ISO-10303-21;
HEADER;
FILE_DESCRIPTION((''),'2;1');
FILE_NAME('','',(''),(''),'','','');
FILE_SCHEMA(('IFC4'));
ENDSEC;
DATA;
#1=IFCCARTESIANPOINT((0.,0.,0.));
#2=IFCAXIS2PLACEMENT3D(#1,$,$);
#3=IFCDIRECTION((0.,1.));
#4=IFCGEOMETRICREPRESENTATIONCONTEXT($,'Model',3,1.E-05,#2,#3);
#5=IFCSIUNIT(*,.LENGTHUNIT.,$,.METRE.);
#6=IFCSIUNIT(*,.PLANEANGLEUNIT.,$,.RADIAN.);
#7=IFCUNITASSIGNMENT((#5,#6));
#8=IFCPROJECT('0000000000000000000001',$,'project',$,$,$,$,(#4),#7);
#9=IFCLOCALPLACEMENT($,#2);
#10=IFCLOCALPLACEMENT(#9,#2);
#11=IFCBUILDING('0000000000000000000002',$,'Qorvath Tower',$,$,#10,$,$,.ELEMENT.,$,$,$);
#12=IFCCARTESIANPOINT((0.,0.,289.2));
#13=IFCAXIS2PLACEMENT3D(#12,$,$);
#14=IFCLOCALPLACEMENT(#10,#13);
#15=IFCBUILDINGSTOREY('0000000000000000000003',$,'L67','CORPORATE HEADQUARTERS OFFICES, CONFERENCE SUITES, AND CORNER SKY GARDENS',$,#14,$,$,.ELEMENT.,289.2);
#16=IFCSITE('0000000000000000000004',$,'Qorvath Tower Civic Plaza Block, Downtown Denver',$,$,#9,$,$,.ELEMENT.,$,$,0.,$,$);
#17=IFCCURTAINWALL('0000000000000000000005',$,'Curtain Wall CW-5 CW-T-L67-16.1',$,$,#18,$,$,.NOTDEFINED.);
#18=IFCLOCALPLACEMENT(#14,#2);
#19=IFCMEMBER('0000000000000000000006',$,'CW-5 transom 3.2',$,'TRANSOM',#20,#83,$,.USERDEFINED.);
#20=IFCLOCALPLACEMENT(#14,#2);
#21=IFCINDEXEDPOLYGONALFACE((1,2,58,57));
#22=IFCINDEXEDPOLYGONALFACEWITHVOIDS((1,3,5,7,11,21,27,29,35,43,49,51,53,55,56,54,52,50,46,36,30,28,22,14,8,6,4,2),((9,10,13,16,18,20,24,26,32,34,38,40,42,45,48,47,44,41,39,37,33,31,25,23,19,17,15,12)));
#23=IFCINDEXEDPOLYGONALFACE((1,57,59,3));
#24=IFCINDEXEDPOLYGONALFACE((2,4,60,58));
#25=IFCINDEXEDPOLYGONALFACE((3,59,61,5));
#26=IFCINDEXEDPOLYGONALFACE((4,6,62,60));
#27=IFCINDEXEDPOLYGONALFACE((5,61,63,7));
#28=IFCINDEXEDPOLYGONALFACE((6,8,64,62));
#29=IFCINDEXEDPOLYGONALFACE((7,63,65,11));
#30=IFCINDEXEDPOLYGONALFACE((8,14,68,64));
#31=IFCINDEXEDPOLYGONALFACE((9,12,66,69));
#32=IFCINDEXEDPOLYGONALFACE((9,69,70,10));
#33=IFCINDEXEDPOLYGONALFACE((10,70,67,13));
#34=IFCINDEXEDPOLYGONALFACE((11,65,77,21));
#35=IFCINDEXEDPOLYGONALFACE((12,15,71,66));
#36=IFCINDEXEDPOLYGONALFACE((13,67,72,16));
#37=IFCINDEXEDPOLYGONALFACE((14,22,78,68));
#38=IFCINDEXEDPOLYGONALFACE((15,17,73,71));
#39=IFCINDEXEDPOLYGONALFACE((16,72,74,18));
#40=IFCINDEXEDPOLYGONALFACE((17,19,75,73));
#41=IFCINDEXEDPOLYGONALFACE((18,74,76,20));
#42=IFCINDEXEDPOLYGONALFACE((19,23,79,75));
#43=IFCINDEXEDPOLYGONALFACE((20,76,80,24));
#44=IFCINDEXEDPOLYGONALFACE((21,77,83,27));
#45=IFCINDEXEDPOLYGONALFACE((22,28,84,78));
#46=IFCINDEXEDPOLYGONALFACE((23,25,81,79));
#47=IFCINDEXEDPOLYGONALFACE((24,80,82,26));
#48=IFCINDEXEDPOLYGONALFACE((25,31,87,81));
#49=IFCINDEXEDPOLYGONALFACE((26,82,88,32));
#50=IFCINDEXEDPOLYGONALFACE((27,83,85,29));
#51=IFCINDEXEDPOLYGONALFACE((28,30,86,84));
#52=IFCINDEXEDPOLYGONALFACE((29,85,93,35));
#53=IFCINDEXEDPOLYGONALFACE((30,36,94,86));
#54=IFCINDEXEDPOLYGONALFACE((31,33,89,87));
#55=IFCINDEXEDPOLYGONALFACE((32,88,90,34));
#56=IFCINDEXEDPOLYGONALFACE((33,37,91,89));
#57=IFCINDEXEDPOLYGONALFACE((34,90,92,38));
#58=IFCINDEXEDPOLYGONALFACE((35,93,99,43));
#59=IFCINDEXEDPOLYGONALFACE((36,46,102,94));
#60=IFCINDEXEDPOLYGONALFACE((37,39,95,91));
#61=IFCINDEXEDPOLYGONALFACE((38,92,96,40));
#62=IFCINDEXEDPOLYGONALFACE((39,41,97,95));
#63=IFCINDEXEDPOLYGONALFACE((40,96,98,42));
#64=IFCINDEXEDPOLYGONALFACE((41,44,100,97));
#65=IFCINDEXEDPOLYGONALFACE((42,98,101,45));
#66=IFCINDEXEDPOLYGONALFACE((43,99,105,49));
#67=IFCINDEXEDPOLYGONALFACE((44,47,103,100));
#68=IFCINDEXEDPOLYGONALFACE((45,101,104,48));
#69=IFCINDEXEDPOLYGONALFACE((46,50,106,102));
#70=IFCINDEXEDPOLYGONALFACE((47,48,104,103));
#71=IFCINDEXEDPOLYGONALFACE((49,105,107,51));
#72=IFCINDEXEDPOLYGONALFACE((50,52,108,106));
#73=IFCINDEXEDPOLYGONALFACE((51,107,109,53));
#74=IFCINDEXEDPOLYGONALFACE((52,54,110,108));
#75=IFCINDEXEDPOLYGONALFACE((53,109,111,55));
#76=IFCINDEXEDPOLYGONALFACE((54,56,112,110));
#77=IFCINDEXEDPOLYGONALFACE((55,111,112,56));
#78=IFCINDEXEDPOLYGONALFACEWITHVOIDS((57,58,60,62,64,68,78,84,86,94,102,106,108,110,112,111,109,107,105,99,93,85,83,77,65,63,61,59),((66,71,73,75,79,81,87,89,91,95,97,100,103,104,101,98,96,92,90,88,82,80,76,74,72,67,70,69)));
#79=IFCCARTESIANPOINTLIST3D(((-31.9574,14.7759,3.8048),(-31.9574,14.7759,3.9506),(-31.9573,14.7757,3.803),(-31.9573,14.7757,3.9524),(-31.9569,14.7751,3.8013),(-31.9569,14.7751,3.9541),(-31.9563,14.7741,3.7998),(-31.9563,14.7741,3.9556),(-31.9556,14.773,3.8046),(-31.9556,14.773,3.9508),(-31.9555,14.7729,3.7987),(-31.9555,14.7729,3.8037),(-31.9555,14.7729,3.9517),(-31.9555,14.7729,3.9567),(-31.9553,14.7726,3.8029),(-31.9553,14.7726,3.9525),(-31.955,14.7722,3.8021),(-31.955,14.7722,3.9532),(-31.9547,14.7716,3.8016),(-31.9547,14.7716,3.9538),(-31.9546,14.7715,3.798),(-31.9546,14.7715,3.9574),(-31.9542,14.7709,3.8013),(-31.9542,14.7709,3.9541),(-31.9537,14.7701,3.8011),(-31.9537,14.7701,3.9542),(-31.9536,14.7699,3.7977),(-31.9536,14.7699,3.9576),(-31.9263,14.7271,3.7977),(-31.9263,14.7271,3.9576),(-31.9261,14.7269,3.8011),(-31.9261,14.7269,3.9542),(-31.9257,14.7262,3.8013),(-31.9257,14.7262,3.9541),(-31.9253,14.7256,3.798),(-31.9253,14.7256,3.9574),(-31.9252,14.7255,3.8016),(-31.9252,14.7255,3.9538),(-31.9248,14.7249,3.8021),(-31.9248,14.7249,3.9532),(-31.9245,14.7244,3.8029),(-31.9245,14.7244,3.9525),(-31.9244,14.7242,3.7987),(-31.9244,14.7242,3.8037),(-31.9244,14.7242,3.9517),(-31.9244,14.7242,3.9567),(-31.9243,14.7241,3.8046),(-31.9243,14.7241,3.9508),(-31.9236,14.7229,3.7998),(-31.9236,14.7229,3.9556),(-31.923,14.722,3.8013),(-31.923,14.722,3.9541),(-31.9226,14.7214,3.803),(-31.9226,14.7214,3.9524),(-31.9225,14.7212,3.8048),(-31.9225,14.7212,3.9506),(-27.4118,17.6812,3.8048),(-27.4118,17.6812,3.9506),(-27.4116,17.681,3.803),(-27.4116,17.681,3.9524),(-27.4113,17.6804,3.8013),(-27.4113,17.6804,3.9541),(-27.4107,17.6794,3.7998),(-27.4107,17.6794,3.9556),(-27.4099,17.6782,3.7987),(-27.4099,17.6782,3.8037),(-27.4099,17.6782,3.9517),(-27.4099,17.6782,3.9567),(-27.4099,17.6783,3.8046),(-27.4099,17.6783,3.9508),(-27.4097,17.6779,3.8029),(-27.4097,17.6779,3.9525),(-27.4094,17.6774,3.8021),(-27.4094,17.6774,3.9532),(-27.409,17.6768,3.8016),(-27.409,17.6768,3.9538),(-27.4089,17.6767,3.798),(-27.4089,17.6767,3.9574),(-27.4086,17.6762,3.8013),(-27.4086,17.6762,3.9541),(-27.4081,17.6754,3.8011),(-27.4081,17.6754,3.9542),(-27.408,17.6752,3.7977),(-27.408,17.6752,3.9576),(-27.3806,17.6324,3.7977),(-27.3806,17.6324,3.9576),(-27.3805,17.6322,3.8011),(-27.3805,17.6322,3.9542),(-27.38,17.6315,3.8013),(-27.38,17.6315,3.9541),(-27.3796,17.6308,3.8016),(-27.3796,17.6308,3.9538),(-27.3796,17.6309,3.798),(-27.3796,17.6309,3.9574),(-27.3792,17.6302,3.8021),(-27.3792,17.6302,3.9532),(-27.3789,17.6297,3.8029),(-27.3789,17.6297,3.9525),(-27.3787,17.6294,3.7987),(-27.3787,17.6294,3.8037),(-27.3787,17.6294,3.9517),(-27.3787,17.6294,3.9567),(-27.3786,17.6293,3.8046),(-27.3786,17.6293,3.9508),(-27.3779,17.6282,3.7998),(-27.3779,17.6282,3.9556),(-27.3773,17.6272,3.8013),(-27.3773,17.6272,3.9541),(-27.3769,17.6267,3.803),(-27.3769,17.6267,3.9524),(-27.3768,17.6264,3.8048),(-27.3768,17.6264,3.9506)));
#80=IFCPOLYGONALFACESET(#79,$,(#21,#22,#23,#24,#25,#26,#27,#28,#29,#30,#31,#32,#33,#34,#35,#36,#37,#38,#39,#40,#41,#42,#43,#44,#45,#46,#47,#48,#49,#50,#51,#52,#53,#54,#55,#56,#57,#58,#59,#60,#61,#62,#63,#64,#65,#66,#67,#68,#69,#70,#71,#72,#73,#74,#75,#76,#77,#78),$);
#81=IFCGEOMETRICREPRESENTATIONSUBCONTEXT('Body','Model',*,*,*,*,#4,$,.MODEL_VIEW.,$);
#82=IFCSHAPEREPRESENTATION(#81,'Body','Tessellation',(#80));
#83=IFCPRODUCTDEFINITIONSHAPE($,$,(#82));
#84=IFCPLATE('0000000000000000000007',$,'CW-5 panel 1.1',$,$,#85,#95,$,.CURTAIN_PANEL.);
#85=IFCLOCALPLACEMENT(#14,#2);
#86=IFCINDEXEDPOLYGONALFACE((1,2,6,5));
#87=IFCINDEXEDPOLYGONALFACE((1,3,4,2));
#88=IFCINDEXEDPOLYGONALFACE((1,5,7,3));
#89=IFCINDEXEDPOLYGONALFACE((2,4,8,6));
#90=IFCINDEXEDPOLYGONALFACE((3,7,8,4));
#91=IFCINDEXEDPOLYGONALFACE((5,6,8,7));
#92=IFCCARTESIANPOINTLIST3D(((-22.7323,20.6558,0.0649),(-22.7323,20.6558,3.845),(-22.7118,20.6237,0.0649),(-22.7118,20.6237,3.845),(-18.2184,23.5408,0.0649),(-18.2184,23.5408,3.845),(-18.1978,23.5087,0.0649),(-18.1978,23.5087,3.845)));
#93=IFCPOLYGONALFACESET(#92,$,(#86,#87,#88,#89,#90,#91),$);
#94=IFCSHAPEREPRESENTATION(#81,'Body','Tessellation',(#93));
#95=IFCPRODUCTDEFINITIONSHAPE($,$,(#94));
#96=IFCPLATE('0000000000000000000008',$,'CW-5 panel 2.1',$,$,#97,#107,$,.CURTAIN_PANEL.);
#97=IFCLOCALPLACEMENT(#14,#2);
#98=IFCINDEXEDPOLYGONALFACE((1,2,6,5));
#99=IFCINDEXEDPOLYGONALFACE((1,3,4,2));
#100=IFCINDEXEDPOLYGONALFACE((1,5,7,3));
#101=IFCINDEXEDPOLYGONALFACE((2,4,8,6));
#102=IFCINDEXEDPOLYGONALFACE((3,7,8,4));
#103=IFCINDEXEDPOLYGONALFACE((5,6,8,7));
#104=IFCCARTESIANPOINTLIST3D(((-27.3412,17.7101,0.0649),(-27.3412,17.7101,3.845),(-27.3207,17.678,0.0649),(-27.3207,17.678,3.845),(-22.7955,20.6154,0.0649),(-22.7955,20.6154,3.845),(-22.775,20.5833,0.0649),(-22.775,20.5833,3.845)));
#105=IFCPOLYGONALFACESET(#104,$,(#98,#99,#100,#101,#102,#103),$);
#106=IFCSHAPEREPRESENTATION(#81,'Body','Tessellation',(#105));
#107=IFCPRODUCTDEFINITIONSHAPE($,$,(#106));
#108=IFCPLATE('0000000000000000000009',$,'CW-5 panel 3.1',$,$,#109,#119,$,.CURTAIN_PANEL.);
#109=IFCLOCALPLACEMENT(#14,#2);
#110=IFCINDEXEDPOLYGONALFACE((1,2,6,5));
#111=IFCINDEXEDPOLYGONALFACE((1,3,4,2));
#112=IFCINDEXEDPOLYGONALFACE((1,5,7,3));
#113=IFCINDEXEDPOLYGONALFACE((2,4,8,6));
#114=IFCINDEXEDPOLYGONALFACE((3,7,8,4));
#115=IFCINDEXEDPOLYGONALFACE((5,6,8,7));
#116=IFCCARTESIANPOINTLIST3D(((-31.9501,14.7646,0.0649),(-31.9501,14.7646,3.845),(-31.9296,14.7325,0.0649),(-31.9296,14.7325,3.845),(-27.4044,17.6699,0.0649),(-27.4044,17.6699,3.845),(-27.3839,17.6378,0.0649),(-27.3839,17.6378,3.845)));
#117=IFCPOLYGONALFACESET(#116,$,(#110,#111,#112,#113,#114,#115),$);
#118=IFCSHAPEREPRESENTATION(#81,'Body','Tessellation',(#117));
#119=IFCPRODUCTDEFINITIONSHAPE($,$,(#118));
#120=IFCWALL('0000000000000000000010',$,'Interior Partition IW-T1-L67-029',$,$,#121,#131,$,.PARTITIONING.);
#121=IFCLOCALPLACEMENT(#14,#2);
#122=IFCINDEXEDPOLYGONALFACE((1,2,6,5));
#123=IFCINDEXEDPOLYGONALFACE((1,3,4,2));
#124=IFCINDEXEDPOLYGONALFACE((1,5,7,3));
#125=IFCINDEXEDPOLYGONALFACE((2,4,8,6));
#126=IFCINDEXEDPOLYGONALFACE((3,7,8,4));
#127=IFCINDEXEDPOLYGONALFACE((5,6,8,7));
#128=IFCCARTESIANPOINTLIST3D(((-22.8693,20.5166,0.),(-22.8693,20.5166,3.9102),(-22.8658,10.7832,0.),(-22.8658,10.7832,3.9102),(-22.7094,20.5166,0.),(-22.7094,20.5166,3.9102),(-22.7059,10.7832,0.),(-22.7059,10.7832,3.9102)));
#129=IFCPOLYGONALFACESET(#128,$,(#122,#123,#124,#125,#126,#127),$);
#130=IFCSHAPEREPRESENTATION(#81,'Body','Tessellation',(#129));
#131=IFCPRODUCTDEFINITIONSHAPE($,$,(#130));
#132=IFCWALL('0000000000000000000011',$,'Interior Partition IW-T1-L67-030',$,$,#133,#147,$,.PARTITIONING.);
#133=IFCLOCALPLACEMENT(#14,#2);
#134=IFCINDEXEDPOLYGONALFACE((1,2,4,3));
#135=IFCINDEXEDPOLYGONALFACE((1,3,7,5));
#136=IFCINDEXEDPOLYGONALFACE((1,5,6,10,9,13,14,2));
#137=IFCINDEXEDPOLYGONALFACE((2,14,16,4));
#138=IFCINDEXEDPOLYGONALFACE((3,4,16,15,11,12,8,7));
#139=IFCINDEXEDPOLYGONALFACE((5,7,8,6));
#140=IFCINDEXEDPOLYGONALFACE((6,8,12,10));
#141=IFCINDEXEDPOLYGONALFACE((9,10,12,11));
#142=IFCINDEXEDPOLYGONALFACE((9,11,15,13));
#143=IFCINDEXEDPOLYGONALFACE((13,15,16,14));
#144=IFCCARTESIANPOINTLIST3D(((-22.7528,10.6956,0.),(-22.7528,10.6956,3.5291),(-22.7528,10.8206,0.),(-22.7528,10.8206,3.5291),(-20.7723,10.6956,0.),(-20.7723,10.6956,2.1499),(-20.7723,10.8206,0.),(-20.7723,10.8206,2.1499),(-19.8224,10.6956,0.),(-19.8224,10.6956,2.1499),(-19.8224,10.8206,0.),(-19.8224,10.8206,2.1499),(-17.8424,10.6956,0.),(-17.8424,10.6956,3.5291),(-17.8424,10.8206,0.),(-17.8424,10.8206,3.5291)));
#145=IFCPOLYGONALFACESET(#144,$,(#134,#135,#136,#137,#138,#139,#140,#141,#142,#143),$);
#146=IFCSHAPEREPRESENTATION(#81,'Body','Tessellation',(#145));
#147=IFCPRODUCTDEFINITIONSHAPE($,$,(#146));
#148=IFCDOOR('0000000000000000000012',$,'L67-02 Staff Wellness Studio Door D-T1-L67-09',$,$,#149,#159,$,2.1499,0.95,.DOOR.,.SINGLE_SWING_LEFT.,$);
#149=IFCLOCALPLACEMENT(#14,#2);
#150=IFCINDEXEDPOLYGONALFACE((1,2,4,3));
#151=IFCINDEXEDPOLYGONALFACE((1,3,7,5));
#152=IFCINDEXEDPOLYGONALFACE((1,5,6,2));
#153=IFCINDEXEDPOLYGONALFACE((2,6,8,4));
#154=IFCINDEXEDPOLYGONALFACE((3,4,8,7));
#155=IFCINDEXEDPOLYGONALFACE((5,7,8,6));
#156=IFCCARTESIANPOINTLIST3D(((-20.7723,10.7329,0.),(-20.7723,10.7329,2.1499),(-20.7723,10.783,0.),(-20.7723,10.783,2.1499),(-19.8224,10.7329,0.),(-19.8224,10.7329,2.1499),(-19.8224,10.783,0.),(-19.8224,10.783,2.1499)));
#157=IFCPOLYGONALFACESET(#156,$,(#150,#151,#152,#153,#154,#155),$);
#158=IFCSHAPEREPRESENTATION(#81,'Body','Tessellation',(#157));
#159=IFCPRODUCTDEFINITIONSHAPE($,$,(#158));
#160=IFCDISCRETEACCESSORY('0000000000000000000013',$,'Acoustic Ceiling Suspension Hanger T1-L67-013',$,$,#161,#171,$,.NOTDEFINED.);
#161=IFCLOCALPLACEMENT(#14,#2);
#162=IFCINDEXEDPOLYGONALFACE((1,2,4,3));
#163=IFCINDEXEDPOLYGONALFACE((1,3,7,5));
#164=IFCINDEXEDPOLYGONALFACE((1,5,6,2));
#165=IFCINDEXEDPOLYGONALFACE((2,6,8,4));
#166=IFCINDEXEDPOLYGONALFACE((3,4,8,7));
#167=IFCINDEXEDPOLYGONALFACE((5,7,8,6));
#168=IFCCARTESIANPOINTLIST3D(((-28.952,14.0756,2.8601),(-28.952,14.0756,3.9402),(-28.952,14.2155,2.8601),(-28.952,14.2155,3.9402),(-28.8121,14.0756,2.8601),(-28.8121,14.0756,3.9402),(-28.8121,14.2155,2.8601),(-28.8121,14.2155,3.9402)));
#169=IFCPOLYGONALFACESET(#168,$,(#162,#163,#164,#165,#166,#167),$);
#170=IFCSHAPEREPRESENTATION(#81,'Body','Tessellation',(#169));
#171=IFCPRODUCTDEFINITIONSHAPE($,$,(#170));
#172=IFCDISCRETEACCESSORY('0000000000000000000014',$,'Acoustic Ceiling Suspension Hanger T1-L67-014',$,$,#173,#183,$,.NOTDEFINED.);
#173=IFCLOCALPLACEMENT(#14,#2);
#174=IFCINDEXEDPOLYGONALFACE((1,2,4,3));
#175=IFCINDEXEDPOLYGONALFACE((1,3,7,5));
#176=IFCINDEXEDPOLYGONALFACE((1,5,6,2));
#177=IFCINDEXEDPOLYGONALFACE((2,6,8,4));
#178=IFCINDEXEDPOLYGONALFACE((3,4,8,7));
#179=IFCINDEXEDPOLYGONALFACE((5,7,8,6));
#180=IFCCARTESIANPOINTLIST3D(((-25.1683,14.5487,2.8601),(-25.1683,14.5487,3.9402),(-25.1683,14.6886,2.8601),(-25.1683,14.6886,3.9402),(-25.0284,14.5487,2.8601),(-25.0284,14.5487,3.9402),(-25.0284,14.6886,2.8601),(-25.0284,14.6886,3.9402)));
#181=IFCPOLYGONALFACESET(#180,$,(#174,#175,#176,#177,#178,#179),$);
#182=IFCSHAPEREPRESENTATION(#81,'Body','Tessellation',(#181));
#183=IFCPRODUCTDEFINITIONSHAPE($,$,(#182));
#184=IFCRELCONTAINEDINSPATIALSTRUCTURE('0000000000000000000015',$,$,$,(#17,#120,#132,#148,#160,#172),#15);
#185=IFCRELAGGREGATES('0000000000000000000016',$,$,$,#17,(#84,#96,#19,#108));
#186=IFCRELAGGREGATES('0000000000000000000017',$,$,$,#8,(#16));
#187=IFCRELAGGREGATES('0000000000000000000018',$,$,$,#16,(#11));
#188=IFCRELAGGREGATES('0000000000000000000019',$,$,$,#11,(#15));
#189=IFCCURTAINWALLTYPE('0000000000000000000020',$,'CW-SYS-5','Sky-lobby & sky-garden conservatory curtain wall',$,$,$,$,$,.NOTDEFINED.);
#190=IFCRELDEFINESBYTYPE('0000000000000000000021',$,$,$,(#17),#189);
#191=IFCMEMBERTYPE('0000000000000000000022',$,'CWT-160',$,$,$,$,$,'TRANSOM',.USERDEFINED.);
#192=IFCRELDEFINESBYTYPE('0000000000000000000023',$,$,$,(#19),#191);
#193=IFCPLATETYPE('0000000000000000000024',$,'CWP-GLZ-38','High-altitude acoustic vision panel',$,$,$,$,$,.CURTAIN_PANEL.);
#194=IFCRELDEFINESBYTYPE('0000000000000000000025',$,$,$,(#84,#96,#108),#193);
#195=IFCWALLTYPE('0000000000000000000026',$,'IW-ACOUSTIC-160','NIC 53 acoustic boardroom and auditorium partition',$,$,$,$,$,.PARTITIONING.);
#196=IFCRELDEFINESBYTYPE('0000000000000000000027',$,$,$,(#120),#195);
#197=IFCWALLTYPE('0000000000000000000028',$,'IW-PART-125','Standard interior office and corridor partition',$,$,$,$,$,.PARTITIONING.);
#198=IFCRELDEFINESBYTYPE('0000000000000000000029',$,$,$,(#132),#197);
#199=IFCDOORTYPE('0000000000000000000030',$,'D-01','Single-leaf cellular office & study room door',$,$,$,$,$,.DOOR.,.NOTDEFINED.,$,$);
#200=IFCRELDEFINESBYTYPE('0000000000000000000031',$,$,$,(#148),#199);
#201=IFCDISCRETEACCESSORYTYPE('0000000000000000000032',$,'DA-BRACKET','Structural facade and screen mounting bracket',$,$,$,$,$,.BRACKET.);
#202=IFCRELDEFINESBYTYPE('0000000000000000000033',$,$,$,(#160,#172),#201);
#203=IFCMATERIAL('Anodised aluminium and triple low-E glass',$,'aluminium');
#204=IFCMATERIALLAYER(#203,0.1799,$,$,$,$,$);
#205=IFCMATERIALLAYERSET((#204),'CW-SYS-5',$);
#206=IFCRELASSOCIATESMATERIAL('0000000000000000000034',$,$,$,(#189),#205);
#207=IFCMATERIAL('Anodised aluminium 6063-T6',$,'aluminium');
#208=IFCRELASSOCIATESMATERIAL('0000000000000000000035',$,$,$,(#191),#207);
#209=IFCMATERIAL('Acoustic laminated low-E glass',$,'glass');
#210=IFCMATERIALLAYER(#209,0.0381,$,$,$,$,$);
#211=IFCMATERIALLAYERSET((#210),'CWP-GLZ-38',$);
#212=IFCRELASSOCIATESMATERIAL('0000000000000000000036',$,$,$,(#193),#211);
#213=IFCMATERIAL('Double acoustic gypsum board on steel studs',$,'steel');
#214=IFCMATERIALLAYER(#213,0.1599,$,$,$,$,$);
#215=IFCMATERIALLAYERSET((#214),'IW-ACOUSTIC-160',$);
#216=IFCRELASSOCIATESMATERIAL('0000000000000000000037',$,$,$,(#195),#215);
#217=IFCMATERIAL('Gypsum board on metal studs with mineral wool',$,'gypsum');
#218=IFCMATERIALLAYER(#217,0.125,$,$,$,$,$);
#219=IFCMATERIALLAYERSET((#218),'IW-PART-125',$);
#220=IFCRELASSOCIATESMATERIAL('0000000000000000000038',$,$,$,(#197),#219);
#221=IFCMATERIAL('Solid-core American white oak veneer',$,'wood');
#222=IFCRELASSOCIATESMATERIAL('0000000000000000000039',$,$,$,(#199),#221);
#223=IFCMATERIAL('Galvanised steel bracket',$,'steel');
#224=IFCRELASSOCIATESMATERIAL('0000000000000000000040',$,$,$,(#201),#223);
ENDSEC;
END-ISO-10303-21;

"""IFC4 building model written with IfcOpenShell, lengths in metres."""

from ifc_helpers import new_model, si_unit, direction, frame, frame_2d, origin, origin_2d, place, context, subcontext, project, spatial, rectangle, hollow_rectangle, extrude, material, layer, layer_set, material_profile, profile_set, type_object, element, fill, aggregate, save


model = new_model("IFC4")

# Units and contexts
model_context = context("Model", 3, precision=1e-05, world=origin(), true_north=direction((0.0, 1.0)))
body_context = subcontext(model_context, "Body", "Model", "MODEL_VIEW")
ifc_project = project(units=[si_unit("LENGTHUNIT", "METRE"), si_unit("PLANEANGLEUNIT", "RADIAN")], contexts=[model_context])

# Site, building, storey
site_placement = place(None, origin())
site = spatial("IfcSite", under=ifc_project, at=site_placement, Name="Qorvath Tower Civic Plaza Block, Downtown Denver", CompositionType="ELEMENT", RefElevation=0.0)
building_placement = place(site_placement, origin())
building = spatial("IfcBuilding", under=site, at=building_placement, Name="Qorvath Tower", CompositionType="ELEMENT")
storey_placement = place(building_placement, frame((0.0, 0.0, 289.2)))
storey = spatial("IfcBuildingStorey", under=building, at=storey_placement, Name="L67", Description="CORPORATE HEADQUARTERS OFFICES, CONFERENCE SUITES, AND CORNER SKY GARDENS", CompositionType="ELEMENT", Elevation=289.2)

# Curtain wall, member, plates
ifc_material_1 = material(Name="Anodised aluminium and triple low-E glass", Category="aluminium")
ifc_layer_1 = layer(ifc_material_1, 0.1799)
ifc_layer_set_1 = layer_set([ifc_layer_1], Name="CW-SYS-5")
curtain_wall_type = type_object("IfcCurtainWallType", Name="CW-SYS-5", Description="Sky-lobby & sky-garden conservatory curtain wall", PredefinedType="NOTDEFINED", material=ifc_layer_set_1)
curtain_wall_placement = place(storey_placement, origin())
curtain_wall = element("IfcCurtainWall", 1, at=curtain_wall_placement, inside=storey, type_object=curtain_wall_type, Name="Curtain Wall CW-5 CW-T-L67-16.1", PredefinedType="NOTDEFINED")
ifc_material_2 = material(Name="Anodised aluminium 6063-T6", Category="aluminium")
ifc_material_profile_1 = material_profile(ifc_material_2, hollow_rectangle(XDim=0.0649, YDim=0.1599, WallThickness=0.0034, InnerFilletRadius=0.0034, OuterFilletRadius=0.0071, at=origin_2d()), Name="CWT 160x65")
ifc_profile_set_1 = profile_set([ifc_material_profile_1], Name="Anodised aluminium 6063-T6")
member_type_1 = type_object("IfcMemberType", Name="CWT-160", ElementType="TRANSOM", PredefinedType="USERDEFINED", material=ifc_profile_set_1)
member_1_placement = place(storey_placement, frame((-27.3943, 17.6538, 3.8777), z_axis=(-0.842603, -0.538535, 0.0), x_axis=(0.538535, -0.842603, 0.0)))
member_1 = element("IfcMember", 2, at=member_1_placement, type_object=member_type_1, Name="CW-5 transom 3.2", ObjectType="TRANSOM", PredefinedType="USERDEFINED", context=body_context, shape_type="SweptSolid", body=[
    extrude(hollow_rectangle(XDim=0.0649, YDim=0.1599, WallThickness=0.0034, InnerFilletRadius=0.0034, OuterFilletRadius=0.0071, at=origin_2d()), origin(), (0.0, 0.0, 1.0), 5.3948),
])
ifc_material_3 = material(Name="Acoustic laminated low-E glass", Category="glass")
ifc_layer_2 = layer(ifc_material_3, 0.0381)
ifc_layer_set_2 = layer_set([ifc_layer_2], Name="CWP-GLZ-38")
plate_type = type_object("IfcPlateType", Name="CWP-GLZ-38", Description="High-altitude acoustic vision panel", PredefinedType="CURTAIN_PANEL", material=ifc_layer_set_2)
plate_1_placement = place(storey_placement, frame((-20.4651, 22.0823, 0.0649), z_axis=(0.0, 0.0, 1.0), x_axis=(-0.842602, -0.538537, 0.0)))
plate_1 = element("IfcPlate", 3, at=plate_1_placement, type_object=plate_type, Name="CW-5 panel 1.1", PredefinedType="CURTAIN_PANEL", context=body_context, shape_type="SweptSolid", body=[
    extrude(rectangle(XDim=5.3572, YDim=0.0381, at=origin_2d()), origin(), (0.0, 0.0, 1.0), 3.78),
])
plate_2_placement = place(storey_placement, frame((-25.0581, 19.1467, 0.0649), z_axis=(0.0, 0.0, 1.0), x_axis=(-0.842602, -0.538537, 0.0)))
plate_2 = element("IfcPlate", 4, at=plate_2_placement, type_object=plate_type, Name="CW-5 panel 2.1", PredefinedType="CURTAIN_PANEL", context=body_context, shape_type="SweptSolid", body=[
    extrude(rectangle(XDim=5.3948, YDim=0.0381, at=origin_2d()), origin(), (0.0, 0.0, 1.0), 3.78),
])
plate_3_placement = place(storey_placement, frame((-29.667, 16.2012, 0.0649), z_axis=(0.0, 0.0, 1.0), x_axis=(-0.842602, -0.538537, 0.0)))
plate_3 = element("IfcPlate", 5, at=plate_3_placement, type_object=plate_type, Name="CW-5 panel 3.1", PredefinedType="CURTAIN_PANEL", context=body_context, shape_type="SweptSolid", body=[
    extrude(rectangle(XDim=5.3948, YDim=0.0381, at=origin_2d()), origin(), (0.0, 0.0, 1.0), 3.78),
])
aggregate(curtain_wall, [plate_1, plate_2, member_1, plate_3])

# Wall
ifc_material_4 = material(Name="Double acoustic gypsum board on steel studs", Category="steel")
ifc_layer_3 = layer(ifc_material_4, 0.1599)
ifc_layer_set_3 = layer_set([ifc_layer_3], Name="IW-ACOUSTIC-160")
wall_type_1 = type_object("IfcWallType", Name="IW-ACOUSTIC-160", Description="NIC 53 acoustic boardroom and auditorium partition", PredefinedType="PARTITIONING", material=ifc_layer_set_3)
wall_1_placement = place(storey_placement, frame((-22.7859, 10.7832, 0.0), z_axis=(0.0, 0.0, 1.0), x_axis=(-0.000351, 1.0, 0.0)))
element("IfcWall", 6, at=wall_1_placement, inside=storey, type_object=wall_type_1, Name="Interior Partition IW-T1-L67-029", PredefinedType="PARTITIONING", context=body_context, shape_type="SweptSolid", body=[
    extrude(rectangle(XDim=9.7334, YDim=0.1599, at=frame_2d((4.8667, 0.0))), origin(), (0.0, 0.0, 1.0), 3.9102),
])

# Wall, opening, door
ifc_material_5 = material(Name="Gypsum board on metal studs with mineral wool", Category="gypsum")
ifc_layer_4 = layer(ifc_material_5, 0.125)
ifc_layer_set_4 = layer_set([ifc_layer_4], Name="IW-PART-125")
wall_type_2 = type_object("IfcWallType", Name="IW-PART-125", Description="Standard interior office and corridor partition", PredefinedType="PARTITIONING", material=ifc_layer_set_4)
wall_2_placement = place(storey_placement, frame((-22.7527, 10.7581, 0.0), z_axis=(0.0, 0.0, 1.0), x_axis=(1.0, 0.0, 0.0)))
wall_2 = element("IfcWall", 7, at=wall_2_placement, inside=storey, type_object=wall_type_2, Name="Interior Partition IW-T1-L67-030", PredefinedType="PARTITIONING", context=body_context, shape_type="SweptSolid", body=[
    extrude(rectangle(XDim=4.9104, YDim=0.125, at=frame_2d((2.4551, 0.0))), origin(), (0.0, 0.0, 1.0), 3.5291),
])
opening_placement = place(wall_2_placement, frame((1.9802, 0.0, 0.0)))
opening = element("IfcOpeningElement", 8, at=opening_placement, cuts=wall_2, PredefinedType="OPENING", context=body_context, shape_type="SweptSolid", body=[
    extrude(rectangle(XDim=0.95, YDim=2.1499, at=frame_2d((0.4751, 1.075))), frame((0.0, 0.0725, 0.0), z_axis=(0.0, -1.0, 0.0), x_axis=(1.0, 0.0, 0.0)), (0.0, 0.0, 1.0), 0.145),
])
ifc_material_6 = material(Name="Solid-core American white oak veneer", Category="wood")
door_type = type_object("IfcDoorType", Name="D-01", Description="Single-leaf cellular office & study room door", OperationType="NOTDEFINED", PredefinedType="DOOR", material=ifc_material_6)
door_placement = place(opening_placement, origin())
door = element("IfcDoor", 9, at=door_placement, inside=storey, type_object=door_type, Name="L67-02 Staff Wellness Studio Door D-T1-L67-09", OperationType="SINGLE_SWING_LEFT", OverallHeight=2.1499, OverallWidth=0.95, PredefinedType="DOOR", context=body_context, shape_type="SweptSolid", body=[
    extrude(rectangle(XDim=0.95, YDim=2.1499, at=frame_2d((0.4751, 1.075))), frame((0.0, 0.0249, 0.0), z_axis=(0.0, -1.0, 0.0), x_axis=(1.0, 0.0, 0.0)), (0.0, 0.0, 1.0), 0.05),
])
fill(opening, door)

# Discrete accessories
ifc_material_7 = material(Name="Galvanised steel bracket", Category="steel")
discrete_accessory_type = type_object("IfcDiscreteAccessoryType", Name="DA-BRACKET", Description="Structural facade and screen mounting bracket", PredefinedType="BRACKET", material=ifc_material_7)
for number, where, z_axis, x_axis, name in (
    (10, (-28.8821, 14.1455, 2.8601), (0.0, 0.0, 1.0), (1.0, 0.0, 0.0), "Acoustic Ceiling Suspension Hanger T1-L67-013"),
    (11, (-25.0984, 14.6187, 2.8601), (0.0, 0.0, 1.0), (1.0, 0.0, 0.0), "Acoustic Ceiling Suspension Hanger T1-L67-014"),
):
    element("IfcDiscreteAccessory", number, at=place(storey_placement, frame(where, z_axis=z_axis, x_axis=x_axis)), inside=storey, type_object=discrete_accessory_type, Name=name, PredefinedType="NOTDEFINED", context=body_context, shape_type="SweptSolid", body=[
        extrude(rectangle(XDim=0.1399, YDim=0.1399, at=origin_2d()), origin(), (0.0, 0.0, 1.0), 1.0801),
    ])

save(model, "model.ifc")
